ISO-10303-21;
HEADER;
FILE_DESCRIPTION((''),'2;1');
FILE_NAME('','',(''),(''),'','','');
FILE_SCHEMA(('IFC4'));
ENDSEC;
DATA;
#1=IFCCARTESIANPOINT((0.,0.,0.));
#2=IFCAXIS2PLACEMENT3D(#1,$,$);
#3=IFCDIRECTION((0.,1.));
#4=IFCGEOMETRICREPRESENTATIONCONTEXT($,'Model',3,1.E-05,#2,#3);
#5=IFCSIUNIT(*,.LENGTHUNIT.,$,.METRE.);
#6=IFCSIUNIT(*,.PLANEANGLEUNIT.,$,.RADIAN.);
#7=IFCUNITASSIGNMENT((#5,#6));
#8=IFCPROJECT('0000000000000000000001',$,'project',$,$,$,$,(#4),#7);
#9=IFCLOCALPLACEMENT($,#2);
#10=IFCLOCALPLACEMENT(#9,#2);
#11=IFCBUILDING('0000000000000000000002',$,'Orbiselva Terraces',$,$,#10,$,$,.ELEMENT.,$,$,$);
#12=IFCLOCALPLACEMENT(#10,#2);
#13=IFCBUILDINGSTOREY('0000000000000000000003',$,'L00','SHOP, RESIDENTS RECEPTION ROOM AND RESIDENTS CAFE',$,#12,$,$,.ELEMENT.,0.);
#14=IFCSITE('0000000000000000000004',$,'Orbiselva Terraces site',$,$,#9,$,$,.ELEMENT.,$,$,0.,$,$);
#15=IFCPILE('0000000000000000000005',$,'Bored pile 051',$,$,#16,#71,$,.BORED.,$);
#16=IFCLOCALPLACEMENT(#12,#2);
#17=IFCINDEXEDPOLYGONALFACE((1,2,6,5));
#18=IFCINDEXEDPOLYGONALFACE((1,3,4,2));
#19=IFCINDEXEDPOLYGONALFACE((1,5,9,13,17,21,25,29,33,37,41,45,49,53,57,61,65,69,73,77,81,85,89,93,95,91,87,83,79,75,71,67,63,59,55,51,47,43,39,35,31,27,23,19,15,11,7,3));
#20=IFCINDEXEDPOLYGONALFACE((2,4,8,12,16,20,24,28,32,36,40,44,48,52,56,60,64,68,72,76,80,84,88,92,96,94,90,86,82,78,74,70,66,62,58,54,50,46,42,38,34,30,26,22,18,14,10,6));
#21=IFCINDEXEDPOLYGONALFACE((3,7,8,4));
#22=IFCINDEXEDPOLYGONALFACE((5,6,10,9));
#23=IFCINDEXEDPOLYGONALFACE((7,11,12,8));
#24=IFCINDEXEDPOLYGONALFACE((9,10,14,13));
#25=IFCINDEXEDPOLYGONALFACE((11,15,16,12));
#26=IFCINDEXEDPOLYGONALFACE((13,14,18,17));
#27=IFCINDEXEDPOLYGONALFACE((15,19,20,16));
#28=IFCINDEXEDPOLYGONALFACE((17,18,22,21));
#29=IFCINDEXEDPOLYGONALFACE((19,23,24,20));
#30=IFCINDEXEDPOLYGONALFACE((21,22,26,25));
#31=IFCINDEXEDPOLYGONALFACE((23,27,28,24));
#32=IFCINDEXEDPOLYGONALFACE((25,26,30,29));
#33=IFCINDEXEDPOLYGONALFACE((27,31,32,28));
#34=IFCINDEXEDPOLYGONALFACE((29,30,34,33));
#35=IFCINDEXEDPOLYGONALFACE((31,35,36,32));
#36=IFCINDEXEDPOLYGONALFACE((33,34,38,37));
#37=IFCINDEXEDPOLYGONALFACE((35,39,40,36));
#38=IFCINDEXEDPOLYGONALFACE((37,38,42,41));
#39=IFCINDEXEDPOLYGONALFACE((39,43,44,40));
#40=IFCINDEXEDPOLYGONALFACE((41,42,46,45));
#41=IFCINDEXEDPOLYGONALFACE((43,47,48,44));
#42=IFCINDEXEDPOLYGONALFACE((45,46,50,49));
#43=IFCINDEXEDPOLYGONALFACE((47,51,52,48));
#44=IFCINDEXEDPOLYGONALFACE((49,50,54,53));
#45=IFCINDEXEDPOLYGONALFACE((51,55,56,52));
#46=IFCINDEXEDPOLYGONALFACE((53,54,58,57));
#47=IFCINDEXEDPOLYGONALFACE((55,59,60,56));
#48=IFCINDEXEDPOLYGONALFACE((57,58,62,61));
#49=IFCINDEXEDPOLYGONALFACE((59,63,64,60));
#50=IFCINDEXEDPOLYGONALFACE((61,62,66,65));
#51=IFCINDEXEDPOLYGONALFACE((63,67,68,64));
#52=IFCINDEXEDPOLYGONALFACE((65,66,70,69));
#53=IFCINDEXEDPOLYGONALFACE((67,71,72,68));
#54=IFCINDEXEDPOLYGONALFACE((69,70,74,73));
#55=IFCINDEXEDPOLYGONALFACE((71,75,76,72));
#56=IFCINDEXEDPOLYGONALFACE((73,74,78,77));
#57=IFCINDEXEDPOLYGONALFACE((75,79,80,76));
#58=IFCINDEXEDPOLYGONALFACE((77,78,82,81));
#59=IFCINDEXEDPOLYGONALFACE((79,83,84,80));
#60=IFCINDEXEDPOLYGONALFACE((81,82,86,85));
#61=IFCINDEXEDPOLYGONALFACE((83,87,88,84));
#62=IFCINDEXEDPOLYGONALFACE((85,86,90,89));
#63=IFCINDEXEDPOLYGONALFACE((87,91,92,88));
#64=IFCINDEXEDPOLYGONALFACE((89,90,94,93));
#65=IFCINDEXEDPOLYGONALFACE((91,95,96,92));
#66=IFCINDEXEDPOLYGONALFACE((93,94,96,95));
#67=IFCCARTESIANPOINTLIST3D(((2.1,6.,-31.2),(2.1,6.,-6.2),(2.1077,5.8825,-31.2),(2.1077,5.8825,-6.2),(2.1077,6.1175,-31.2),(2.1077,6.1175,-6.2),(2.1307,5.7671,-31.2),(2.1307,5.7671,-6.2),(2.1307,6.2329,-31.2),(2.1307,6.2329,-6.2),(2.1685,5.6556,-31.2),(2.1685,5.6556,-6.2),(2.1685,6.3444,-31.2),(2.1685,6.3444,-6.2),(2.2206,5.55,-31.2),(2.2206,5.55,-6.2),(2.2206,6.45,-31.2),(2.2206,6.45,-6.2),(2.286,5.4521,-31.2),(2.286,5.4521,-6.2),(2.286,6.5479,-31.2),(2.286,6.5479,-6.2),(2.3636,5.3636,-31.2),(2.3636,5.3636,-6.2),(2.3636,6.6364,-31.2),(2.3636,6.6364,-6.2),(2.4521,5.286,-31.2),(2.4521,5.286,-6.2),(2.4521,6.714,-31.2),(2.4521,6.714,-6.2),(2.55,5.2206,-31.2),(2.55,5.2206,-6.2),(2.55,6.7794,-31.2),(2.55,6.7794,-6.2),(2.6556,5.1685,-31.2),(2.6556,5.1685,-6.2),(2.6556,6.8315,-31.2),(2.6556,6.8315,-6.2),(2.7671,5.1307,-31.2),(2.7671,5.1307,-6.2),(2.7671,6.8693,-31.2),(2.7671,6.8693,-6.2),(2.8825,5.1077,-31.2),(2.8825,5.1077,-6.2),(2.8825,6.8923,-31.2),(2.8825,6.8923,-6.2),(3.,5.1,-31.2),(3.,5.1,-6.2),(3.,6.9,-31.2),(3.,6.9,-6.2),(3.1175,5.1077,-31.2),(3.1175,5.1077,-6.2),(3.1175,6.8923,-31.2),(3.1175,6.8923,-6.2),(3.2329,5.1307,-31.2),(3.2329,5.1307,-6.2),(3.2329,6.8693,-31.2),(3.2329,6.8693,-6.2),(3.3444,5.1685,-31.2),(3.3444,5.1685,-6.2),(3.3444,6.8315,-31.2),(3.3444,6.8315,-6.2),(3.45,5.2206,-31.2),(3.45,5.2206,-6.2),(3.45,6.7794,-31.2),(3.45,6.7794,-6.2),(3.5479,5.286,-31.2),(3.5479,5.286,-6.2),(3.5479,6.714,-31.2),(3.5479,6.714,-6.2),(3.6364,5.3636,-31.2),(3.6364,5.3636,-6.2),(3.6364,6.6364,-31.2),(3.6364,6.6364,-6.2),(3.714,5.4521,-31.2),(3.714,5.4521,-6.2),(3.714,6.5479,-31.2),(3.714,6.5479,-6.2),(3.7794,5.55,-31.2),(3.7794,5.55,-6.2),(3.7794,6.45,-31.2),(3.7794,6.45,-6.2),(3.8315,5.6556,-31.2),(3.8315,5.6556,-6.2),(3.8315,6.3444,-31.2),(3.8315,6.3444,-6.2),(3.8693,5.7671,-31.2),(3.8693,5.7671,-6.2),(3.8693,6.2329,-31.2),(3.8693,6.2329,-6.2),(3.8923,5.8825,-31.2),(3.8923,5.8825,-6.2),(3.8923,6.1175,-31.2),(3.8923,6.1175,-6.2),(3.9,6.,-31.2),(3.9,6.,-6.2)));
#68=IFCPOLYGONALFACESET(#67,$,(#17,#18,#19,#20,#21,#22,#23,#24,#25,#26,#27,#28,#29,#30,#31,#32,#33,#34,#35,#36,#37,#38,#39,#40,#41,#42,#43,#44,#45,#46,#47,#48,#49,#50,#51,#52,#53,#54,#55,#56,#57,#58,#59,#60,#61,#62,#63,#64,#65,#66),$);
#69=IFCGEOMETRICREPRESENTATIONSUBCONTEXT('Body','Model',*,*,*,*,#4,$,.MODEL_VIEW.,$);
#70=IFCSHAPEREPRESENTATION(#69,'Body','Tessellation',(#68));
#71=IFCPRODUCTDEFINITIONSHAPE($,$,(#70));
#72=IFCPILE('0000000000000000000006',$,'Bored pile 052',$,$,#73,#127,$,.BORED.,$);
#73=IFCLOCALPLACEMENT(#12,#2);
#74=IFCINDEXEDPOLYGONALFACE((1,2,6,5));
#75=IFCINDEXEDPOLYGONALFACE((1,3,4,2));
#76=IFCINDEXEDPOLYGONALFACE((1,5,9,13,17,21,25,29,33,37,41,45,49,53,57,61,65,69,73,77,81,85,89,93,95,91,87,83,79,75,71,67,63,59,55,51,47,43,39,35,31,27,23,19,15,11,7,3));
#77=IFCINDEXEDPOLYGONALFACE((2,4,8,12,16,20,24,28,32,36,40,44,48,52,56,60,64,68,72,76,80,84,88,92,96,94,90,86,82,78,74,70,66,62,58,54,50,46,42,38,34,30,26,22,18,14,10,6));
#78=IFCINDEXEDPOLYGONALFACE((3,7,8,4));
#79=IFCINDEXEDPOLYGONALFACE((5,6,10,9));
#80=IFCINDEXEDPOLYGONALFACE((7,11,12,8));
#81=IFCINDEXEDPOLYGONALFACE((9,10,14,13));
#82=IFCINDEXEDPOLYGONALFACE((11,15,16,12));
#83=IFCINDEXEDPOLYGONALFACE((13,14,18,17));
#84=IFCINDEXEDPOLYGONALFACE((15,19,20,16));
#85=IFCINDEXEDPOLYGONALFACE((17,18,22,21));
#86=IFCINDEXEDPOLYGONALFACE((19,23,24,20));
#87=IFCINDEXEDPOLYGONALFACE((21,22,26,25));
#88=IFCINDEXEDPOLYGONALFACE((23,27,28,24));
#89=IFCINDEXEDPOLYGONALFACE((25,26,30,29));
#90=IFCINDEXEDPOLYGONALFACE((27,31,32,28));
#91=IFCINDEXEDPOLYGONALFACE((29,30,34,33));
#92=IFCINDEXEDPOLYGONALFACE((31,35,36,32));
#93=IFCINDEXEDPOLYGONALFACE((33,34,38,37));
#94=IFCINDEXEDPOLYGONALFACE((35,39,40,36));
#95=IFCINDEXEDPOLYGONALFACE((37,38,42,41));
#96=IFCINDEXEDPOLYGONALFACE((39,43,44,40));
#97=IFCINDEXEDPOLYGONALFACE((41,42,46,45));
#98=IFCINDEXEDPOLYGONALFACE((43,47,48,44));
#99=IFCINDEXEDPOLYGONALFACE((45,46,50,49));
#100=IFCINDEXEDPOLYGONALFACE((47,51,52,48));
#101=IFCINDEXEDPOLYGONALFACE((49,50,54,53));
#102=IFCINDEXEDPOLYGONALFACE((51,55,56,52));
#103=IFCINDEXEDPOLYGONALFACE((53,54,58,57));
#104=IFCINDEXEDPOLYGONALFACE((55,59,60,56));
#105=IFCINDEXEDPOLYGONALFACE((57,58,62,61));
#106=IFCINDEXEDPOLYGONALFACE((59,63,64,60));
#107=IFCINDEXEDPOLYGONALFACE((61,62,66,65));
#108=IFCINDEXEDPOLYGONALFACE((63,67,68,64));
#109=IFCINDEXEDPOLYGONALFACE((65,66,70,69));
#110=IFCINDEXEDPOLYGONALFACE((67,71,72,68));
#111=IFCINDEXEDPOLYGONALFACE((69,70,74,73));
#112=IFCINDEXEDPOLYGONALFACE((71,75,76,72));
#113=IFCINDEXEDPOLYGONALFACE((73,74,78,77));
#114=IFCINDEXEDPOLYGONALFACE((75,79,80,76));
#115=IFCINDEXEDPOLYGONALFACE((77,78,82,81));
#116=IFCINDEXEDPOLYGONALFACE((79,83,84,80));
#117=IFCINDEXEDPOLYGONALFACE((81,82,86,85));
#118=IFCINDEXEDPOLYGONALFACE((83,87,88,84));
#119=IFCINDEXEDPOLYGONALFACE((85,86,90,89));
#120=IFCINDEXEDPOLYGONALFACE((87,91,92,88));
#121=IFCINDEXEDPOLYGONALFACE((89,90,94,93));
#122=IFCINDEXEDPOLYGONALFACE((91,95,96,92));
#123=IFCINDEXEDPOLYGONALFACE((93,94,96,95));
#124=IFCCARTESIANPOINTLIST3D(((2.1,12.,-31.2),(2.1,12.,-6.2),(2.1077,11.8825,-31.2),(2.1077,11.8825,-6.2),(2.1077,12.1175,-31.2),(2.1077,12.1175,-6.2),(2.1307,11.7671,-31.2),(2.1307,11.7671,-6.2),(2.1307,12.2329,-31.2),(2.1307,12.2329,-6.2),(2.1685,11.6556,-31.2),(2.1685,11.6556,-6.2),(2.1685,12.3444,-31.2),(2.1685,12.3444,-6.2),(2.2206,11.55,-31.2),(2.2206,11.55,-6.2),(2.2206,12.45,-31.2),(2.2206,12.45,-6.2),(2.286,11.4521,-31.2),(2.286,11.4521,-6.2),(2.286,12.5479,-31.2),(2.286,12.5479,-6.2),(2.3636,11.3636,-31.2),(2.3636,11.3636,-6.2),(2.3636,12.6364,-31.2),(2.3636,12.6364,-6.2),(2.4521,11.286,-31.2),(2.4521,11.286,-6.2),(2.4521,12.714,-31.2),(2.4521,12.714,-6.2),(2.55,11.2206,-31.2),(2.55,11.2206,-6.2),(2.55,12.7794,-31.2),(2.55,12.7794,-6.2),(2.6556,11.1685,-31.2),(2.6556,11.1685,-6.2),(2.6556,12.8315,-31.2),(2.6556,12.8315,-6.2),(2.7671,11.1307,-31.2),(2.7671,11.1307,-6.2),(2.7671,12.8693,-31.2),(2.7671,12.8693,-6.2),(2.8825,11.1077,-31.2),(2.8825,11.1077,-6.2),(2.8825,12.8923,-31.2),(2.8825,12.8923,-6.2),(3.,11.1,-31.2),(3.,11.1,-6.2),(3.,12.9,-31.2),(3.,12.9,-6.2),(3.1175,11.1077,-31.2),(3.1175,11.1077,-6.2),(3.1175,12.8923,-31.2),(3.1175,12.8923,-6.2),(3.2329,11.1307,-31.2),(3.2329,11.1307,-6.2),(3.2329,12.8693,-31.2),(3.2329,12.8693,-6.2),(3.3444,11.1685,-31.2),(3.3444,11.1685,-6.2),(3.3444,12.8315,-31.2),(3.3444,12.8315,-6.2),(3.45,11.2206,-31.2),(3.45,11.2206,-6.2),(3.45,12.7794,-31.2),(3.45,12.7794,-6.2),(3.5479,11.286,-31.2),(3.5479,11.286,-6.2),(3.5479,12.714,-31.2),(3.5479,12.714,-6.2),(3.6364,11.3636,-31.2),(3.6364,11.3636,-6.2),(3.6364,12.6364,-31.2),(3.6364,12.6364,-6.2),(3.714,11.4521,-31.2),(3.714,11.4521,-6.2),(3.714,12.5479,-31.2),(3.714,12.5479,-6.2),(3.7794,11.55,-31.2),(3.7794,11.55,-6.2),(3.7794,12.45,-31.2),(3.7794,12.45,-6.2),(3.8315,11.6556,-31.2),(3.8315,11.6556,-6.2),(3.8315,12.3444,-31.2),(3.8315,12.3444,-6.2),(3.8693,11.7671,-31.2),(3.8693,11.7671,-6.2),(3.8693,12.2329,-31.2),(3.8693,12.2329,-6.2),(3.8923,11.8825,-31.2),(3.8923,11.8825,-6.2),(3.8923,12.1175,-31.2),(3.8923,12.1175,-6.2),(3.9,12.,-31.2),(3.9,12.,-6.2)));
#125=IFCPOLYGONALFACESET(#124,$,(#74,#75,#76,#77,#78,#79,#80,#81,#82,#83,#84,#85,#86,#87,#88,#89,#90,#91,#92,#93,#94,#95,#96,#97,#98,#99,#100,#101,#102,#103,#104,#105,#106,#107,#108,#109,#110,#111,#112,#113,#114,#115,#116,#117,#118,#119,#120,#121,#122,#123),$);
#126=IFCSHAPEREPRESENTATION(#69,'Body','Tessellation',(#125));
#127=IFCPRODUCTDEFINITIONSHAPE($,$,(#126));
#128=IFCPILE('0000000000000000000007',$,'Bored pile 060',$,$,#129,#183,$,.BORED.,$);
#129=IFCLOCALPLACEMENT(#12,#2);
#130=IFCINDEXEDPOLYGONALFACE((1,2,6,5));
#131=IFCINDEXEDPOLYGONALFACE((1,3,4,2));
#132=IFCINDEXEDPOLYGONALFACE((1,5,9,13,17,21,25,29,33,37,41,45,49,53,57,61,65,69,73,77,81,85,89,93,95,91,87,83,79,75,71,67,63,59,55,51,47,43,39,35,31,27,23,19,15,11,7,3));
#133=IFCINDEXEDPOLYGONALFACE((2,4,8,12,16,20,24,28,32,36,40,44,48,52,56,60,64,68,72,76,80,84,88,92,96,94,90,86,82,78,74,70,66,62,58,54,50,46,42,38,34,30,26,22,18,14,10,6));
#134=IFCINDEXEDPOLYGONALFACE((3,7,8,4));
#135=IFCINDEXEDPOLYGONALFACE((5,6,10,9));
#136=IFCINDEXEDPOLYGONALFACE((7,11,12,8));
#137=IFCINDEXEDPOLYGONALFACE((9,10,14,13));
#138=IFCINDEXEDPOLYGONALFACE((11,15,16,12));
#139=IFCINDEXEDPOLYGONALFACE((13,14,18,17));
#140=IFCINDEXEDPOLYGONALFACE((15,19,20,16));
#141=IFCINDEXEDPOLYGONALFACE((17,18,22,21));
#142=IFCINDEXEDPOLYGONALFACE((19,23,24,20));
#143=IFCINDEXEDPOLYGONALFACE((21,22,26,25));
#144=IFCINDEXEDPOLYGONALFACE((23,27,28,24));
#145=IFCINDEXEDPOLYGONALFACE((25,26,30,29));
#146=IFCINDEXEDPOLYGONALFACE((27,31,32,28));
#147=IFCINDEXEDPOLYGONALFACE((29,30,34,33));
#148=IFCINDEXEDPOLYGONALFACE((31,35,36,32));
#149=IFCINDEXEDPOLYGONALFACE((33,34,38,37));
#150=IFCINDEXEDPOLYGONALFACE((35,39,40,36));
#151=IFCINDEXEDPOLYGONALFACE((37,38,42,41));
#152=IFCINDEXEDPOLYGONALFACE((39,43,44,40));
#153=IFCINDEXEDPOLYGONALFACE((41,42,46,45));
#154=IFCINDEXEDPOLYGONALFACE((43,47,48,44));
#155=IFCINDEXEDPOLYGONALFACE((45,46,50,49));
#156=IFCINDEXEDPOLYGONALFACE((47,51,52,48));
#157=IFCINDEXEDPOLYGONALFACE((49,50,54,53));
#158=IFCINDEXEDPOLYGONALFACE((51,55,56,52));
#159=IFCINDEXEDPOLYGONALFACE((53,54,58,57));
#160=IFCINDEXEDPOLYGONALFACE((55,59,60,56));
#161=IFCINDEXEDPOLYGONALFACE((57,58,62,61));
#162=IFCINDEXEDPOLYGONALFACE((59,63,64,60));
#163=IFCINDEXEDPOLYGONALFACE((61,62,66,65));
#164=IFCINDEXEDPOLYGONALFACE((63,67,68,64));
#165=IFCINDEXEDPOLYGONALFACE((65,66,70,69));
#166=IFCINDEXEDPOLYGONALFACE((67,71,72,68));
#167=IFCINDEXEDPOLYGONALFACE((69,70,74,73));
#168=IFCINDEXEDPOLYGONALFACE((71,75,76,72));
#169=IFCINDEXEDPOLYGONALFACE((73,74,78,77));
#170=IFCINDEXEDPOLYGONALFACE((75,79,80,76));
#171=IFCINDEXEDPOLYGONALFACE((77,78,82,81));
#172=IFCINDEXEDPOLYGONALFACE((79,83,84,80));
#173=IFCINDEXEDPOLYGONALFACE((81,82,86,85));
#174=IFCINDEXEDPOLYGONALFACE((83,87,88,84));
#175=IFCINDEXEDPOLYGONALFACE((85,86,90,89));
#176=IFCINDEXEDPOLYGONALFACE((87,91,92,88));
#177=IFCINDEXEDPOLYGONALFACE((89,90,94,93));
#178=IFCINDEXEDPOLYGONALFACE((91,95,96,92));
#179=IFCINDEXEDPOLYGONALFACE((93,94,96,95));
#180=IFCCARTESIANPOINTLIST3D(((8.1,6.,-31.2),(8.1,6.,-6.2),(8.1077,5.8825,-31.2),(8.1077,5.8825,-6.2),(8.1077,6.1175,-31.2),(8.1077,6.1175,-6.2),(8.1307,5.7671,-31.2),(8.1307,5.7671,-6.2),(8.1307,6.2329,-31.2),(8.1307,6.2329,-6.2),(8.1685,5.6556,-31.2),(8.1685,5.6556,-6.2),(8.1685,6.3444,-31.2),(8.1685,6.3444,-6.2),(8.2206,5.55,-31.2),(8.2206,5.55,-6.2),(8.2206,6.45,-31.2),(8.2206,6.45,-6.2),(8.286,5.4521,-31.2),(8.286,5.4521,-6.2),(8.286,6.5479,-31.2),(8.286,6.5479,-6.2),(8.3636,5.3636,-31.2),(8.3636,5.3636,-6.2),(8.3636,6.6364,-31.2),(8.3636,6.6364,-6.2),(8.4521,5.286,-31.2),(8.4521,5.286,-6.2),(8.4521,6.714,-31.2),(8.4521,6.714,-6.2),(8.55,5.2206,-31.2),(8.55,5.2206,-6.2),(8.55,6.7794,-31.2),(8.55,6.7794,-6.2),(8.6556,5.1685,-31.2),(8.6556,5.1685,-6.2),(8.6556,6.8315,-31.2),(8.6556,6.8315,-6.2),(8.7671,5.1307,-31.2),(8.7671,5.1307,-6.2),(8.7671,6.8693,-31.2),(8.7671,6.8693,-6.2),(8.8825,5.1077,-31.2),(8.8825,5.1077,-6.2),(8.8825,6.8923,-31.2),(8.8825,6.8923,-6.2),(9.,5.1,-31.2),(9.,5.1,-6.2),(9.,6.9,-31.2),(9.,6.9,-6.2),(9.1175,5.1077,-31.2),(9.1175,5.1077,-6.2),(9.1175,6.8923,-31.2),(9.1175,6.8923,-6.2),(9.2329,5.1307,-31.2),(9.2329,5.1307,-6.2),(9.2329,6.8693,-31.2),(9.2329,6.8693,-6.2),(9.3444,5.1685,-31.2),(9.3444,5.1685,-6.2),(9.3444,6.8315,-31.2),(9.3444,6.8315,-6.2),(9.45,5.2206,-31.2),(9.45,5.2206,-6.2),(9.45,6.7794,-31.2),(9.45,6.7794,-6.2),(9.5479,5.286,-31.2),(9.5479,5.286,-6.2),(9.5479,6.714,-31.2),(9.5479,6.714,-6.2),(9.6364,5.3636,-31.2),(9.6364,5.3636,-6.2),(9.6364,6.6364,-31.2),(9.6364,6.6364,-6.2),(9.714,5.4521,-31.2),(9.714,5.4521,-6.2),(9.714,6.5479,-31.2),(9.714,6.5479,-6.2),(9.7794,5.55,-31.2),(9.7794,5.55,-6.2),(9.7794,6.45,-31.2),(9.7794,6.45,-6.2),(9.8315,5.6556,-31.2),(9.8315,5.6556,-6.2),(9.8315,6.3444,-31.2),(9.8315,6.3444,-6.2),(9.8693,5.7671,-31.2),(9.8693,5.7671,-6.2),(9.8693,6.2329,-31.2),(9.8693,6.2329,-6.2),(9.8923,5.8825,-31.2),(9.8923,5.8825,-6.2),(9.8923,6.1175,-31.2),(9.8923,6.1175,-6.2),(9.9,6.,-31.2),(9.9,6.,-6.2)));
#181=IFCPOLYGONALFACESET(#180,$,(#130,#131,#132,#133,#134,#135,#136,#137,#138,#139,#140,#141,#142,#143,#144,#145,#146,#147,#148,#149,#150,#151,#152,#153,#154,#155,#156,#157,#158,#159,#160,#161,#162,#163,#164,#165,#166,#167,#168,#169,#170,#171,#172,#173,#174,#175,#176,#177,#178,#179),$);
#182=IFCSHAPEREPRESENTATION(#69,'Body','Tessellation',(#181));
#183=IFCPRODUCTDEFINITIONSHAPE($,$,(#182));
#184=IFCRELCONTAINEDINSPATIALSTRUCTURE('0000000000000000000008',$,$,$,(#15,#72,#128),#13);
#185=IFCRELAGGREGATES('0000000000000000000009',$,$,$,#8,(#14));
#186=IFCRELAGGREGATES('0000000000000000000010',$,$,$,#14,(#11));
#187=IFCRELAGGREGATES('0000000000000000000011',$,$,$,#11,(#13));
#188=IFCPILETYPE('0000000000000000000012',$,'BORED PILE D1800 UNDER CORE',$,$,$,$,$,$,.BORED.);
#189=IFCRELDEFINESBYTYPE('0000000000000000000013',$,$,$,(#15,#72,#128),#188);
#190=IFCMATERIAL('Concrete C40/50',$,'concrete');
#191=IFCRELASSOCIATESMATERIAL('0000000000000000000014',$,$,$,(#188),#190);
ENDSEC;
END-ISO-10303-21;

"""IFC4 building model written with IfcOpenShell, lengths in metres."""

from ifc_helpers import new_model, si_unit, direction, frame, origin, origin_2d, place, context, subcontext, project, spatial, circle, extrude, material, material_profile, profile_set, type_object, element, save


model = new_model("IFC4")

# Units and contexts
model_context = context("Model", 3, precision=1e-05, world=origin(), true_north=direction((0.0, 1.0)))
body_context = subcontext(model_context, "Body", "Model", "MODEL_VIEW")
ifc_project = project(units=[si_unit("LENGTHUNIT", "METRE"), si_unit("PLANEANGLEUNIT", "RADIAN")], contexts=[model_context])

# Site, building, storey
site_placement = place(None, origin())
site = spatial("IfcSite", under=ifc_project, at=site_placement, Name="Orbiselva Terraces site", CompositionType="ELEMENT", RefElevation=0.0)
building_placement = place(site_placement, origin())
building = spatial("IfcBuilding", under=site, at=building_placement, Name="Orbiselva Terraces", CompositionType="ELEMENT")
storey_placement = place(building_placement, origin())
storey = spatial("IfcBuildingStorey", under=building, at=storey_placement, Name="L00", Description="SHOP, RESIDENTS RECEPTION ROOM AND RESIDENTS CAFE", CompositionType="ELEMENT", Elevation=0.0)

# Piles
ifc_material_1 = material(Name="Concrete C40/50", Category="concrete")
ifc_material_profile = material_profile(ifc_material_1, circle(Radius=0.9, at=origin_2d()), Name="D1800")
ifc_profile_set = profile_set([ifc_material_profile], Name="Concrete C40/50")
pile_type = type_object("IfcPileType", Name="BORED PILE D1800 UNDER CORE", PredefinedType="BORED", material=ifc_profile_set)
for number, where, z_axis, x_axis, name in (
    (1, (3.0, 6.0, -6.2), (0.0, 0.0, -1.0), (1.0, 0.0, 0.0), "Bored pile 051"),
    (2, (3.0, 12.0, -6.2), (0.0, 0.0, -1.0), (1.0, 0.0, 0.0), "Bored pile 052"),
    (3, (9.0, 6.0, -6.2), (0.0, 0.0, -1.0), (1.0, 0.0, 0.0), "Bored pile 060"),
):
    element("IfcPile", number, at=place(storey_placement, frame(where, z_axis=z_axis, x_axis=x_axis)), inside=storey, type_object=pile_type, Name=name, PredefinedType="BORED", context=body_context, shape_type="SweptSolid", body=[
        extrude(circle(Radius=0.9, at=origin_2d()), origin(), (0.0, 0.0, 1.0), 25.0),
    ])

save(model, "model.ifc")
